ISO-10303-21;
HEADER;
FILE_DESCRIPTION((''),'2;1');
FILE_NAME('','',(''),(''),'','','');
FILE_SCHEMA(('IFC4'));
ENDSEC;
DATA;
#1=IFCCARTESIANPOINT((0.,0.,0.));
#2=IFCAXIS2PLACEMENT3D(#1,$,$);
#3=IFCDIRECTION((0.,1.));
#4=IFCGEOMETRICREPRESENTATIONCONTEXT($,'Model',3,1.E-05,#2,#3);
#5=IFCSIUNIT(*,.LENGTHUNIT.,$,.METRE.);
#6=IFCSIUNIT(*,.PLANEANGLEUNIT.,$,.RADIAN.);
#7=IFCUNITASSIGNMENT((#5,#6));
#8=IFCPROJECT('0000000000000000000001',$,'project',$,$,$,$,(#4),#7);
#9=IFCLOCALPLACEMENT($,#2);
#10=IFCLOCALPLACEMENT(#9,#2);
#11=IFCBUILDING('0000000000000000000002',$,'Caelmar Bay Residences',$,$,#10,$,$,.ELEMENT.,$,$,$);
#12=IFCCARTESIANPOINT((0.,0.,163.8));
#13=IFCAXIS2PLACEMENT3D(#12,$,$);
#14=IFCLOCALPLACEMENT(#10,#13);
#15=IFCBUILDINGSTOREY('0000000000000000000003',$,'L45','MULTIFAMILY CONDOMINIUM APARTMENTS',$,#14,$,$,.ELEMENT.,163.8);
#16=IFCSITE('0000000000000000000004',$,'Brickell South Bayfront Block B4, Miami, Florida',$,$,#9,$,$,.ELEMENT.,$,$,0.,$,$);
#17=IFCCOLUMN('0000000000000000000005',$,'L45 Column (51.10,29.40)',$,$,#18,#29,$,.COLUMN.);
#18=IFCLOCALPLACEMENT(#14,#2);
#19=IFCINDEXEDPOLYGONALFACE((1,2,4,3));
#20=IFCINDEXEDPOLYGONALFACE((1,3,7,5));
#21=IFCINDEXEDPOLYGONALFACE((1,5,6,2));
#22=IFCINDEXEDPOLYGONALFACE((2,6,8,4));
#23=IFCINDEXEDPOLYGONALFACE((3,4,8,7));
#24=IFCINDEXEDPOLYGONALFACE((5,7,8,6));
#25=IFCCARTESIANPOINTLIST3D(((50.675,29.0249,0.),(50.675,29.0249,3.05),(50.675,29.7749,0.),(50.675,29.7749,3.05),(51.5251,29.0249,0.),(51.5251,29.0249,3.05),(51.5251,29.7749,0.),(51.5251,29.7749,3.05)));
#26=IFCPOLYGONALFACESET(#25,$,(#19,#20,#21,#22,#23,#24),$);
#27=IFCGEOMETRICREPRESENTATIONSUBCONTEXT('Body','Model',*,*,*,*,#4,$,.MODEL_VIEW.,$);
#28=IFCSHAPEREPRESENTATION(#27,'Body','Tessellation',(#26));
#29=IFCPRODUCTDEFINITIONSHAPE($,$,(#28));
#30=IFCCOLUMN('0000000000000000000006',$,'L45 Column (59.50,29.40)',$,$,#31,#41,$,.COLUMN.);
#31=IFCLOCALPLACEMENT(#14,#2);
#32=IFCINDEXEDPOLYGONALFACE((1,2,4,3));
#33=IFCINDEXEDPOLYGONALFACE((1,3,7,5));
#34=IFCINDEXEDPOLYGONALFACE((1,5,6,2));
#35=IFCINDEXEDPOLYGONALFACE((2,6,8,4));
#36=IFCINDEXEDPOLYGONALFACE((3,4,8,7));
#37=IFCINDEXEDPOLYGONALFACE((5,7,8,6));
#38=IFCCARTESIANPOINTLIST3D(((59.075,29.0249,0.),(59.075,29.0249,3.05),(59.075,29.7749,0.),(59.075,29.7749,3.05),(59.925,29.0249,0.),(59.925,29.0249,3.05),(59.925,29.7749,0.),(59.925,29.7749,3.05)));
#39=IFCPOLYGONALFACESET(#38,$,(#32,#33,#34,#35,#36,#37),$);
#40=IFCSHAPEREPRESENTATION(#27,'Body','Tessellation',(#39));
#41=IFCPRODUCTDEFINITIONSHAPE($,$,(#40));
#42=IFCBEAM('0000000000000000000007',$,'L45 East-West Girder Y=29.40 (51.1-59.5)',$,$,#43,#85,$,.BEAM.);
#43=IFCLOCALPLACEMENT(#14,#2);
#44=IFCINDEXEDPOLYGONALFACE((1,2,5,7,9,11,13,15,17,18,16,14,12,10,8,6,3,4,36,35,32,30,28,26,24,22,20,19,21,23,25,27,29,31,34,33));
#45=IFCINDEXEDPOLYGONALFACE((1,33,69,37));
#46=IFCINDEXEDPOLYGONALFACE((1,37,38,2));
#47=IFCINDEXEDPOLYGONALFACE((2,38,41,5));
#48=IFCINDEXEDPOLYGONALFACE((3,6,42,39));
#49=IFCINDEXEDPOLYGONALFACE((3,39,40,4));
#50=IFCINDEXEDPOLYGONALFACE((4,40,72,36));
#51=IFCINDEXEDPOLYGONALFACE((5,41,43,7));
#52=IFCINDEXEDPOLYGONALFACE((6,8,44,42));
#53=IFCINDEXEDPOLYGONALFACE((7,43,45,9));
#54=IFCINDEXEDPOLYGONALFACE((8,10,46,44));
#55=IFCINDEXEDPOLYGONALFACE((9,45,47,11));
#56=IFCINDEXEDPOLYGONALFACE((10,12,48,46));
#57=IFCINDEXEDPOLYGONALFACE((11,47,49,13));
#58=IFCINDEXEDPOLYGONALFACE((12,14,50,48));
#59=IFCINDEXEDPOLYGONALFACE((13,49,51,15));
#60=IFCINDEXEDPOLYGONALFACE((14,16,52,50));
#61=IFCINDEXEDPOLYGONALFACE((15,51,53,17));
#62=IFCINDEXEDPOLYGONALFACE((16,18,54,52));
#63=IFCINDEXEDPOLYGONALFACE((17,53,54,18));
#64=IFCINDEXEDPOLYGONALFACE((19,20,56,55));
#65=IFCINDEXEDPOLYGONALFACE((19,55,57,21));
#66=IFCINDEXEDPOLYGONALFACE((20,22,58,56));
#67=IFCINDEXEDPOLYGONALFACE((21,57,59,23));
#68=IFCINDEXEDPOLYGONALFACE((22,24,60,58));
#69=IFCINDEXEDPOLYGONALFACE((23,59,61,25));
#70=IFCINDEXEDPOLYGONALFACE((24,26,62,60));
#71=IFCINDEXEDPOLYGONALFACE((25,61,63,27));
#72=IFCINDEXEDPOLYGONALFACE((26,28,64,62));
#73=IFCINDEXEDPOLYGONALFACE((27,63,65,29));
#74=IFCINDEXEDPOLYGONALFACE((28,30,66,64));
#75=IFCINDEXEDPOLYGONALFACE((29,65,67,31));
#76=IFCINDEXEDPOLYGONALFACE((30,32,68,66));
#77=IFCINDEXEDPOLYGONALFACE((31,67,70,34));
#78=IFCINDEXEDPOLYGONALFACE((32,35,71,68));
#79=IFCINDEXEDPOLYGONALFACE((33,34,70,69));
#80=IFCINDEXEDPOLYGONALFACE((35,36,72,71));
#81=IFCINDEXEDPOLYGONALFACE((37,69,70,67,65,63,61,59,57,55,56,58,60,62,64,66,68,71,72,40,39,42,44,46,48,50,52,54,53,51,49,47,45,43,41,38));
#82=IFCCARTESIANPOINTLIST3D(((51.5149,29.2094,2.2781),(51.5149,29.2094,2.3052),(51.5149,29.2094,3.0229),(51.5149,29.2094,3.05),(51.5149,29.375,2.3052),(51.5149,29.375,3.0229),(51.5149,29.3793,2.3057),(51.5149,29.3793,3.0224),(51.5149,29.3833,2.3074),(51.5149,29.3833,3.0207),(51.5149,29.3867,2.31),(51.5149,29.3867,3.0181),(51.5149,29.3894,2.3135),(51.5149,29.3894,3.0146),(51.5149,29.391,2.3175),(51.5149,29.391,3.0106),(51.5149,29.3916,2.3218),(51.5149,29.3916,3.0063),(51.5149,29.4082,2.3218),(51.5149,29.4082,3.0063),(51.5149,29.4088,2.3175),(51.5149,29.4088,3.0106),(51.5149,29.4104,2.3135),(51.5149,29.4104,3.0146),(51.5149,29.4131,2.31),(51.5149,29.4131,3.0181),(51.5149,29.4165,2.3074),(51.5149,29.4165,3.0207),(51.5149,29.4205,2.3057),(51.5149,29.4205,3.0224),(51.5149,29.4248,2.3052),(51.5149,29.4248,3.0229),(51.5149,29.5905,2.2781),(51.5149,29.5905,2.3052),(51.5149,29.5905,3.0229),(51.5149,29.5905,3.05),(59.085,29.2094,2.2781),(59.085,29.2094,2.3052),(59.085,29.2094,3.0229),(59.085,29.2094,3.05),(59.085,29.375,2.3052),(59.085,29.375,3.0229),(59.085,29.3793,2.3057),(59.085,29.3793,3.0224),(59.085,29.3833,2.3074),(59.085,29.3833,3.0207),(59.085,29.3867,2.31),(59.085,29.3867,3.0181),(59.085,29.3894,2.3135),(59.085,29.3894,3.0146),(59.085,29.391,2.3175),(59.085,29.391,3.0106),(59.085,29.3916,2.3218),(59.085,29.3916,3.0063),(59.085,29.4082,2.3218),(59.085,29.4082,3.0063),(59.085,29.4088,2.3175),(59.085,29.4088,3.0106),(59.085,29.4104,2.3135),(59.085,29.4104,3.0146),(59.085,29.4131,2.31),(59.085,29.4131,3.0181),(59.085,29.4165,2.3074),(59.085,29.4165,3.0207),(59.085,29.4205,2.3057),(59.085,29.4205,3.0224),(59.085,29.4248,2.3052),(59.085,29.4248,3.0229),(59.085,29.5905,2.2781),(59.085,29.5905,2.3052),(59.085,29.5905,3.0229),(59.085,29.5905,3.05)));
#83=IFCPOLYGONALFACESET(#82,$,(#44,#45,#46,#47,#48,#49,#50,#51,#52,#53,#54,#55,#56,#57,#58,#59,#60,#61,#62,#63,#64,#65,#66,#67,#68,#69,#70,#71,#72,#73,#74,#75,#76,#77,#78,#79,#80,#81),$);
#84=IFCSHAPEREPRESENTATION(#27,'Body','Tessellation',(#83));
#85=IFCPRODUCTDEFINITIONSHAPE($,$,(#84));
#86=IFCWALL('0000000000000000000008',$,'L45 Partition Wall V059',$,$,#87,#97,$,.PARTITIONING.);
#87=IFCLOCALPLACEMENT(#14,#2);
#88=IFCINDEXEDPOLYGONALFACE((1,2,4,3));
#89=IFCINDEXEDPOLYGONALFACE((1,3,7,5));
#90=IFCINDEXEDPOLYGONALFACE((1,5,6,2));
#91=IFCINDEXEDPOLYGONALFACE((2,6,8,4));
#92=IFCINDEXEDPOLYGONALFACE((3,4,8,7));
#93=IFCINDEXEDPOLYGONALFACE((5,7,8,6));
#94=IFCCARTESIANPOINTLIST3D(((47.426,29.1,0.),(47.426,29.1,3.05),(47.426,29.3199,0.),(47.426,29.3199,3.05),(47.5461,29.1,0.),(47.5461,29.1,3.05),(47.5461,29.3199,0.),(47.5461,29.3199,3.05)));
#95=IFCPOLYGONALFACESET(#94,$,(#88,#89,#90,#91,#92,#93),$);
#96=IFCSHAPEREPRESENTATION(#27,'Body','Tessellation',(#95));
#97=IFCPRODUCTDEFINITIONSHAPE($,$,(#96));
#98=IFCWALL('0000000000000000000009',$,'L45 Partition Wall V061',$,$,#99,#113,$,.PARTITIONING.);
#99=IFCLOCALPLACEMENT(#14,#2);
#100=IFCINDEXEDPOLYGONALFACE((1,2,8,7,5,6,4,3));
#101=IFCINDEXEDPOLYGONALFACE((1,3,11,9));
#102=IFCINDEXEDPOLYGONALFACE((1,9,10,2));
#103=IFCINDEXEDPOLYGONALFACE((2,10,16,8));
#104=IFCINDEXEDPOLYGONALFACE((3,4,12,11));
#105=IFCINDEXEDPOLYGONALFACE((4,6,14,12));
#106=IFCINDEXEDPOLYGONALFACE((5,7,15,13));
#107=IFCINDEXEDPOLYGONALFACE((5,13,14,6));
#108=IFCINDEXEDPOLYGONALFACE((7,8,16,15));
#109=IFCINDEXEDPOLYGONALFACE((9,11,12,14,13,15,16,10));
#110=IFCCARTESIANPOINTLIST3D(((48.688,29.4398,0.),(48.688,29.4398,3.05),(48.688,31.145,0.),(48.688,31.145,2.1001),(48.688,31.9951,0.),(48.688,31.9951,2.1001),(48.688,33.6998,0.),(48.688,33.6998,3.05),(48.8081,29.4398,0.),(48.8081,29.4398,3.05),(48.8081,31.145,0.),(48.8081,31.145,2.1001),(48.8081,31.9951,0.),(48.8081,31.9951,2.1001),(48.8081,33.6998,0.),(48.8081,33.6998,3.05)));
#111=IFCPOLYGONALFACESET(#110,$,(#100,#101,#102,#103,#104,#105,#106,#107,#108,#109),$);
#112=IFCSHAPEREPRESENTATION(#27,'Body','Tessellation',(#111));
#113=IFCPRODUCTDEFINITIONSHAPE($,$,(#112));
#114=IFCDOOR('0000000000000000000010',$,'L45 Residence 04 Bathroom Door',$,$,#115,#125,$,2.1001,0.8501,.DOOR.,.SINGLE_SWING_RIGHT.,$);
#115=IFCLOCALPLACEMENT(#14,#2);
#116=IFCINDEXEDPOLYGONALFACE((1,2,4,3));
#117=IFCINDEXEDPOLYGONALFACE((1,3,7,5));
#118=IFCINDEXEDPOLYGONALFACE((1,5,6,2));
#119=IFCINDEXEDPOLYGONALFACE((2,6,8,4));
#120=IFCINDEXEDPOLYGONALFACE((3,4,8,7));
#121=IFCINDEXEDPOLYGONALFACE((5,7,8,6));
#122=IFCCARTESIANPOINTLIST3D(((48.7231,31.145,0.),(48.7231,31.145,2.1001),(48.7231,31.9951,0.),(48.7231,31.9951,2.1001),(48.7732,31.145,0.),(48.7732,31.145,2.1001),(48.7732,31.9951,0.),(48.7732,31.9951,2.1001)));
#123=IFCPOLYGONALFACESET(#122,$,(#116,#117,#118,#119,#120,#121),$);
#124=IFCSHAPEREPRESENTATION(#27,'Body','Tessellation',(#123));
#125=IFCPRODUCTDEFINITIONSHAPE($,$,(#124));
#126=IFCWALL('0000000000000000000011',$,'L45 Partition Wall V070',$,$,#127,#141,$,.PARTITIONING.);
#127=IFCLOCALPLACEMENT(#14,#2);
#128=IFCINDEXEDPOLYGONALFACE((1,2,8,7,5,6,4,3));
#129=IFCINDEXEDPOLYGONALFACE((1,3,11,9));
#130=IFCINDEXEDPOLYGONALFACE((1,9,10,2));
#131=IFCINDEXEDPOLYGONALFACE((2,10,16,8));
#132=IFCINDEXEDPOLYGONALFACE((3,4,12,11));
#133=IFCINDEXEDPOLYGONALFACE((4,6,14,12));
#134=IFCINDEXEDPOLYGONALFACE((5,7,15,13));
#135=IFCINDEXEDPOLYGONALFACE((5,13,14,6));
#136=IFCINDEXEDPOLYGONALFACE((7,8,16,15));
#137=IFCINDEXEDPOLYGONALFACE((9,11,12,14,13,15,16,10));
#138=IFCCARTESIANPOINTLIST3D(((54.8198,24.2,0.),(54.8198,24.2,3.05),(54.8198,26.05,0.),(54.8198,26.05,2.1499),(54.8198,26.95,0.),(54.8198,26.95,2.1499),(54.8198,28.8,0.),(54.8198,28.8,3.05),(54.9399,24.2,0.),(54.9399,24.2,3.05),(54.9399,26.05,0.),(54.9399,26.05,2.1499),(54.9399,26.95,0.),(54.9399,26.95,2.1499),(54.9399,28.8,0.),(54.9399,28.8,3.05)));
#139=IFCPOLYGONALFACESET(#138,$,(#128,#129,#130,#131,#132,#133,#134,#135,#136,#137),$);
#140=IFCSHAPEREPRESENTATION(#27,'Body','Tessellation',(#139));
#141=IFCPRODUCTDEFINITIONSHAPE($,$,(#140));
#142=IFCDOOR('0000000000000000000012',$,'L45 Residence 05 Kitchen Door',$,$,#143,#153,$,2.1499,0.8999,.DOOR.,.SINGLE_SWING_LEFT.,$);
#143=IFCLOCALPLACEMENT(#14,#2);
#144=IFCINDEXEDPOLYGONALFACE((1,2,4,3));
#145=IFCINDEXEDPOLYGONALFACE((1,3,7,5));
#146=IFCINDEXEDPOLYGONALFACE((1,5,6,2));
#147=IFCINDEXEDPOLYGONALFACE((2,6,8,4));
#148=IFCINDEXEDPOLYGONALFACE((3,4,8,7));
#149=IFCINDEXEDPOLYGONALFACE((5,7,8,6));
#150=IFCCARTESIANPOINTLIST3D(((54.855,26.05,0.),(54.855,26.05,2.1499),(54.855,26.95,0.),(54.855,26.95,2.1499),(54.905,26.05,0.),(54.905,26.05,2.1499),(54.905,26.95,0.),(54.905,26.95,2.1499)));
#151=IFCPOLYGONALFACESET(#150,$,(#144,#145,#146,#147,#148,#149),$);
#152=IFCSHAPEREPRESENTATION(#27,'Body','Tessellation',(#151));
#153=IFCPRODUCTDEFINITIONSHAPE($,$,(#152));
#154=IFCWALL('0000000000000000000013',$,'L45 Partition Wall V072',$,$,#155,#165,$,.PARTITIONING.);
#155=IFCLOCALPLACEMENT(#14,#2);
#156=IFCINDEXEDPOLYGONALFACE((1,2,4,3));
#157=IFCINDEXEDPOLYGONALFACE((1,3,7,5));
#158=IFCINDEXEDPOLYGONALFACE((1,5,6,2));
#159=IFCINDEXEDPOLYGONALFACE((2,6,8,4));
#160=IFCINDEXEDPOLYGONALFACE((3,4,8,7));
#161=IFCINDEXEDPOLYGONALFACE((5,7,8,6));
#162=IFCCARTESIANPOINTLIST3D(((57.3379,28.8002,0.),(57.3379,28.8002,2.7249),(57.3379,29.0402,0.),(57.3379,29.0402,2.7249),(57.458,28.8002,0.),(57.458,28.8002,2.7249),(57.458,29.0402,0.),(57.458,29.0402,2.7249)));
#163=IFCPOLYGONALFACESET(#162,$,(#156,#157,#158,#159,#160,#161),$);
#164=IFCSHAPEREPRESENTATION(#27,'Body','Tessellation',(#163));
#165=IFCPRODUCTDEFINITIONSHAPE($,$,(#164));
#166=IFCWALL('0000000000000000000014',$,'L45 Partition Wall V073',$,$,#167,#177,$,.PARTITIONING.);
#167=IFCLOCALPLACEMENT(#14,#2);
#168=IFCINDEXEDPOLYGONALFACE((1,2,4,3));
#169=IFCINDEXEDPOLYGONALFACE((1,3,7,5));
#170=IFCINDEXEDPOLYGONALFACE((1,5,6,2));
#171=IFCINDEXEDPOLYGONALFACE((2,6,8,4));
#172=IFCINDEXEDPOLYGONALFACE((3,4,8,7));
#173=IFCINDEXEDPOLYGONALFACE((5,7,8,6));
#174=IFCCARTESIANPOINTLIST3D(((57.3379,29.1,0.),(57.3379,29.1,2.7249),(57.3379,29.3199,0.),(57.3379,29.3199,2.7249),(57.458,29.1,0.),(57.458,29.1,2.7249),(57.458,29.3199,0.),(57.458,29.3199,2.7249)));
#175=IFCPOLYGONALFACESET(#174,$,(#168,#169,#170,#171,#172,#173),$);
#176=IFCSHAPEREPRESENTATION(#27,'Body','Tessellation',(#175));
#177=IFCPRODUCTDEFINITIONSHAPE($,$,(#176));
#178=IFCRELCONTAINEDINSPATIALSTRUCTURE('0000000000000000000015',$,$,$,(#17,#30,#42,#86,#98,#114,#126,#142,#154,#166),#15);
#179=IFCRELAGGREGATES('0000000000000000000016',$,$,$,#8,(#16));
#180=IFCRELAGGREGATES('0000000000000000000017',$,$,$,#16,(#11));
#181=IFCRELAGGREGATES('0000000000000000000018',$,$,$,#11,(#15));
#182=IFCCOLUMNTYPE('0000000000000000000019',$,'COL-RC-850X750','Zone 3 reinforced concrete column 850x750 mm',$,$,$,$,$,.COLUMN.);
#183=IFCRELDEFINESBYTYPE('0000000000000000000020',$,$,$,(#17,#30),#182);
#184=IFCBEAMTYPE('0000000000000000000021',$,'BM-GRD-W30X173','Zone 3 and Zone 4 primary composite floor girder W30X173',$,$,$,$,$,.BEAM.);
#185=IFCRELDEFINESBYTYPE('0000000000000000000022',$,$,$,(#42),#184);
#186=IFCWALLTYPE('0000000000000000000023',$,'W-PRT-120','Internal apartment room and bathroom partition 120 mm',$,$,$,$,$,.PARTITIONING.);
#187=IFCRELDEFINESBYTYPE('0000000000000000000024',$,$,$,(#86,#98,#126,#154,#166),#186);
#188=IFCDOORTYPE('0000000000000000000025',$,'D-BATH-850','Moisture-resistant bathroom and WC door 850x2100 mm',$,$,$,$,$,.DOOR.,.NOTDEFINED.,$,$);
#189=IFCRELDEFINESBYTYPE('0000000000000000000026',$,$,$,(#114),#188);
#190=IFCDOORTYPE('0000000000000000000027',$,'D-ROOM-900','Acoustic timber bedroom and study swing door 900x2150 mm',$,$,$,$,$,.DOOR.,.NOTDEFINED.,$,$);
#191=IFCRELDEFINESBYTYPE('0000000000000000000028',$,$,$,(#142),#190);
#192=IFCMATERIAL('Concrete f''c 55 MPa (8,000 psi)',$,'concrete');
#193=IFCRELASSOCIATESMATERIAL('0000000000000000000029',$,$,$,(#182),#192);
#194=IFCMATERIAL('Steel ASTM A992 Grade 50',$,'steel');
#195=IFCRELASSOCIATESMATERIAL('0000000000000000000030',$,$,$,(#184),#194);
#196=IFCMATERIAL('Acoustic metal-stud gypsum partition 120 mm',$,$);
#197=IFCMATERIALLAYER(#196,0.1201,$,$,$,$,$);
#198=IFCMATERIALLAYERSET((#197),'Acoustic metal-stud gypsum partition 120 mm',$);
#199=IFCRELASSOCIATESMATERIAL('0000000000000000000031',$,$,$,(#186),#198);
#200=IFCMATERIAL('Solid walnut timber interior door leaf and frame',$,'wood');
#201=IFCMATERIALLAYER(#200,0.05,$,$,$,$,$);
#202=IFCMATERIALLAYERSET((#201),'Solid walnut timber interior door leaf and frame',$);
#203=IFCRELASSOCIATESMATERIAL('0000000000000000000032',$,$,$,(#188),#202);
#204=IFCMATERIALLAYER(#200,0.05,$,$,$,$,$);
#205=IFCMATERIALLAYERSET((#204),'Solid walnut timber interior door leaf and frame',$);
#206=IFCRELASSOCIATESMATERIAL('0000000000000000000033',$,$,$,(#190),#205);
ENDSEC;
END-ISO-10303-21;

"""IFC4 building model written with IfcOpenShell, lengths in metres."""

from ifc_helpers import new_model, si_unit, direction, frame, frame_2d, origin, origin_2d, place, context, subcontext, project, spatial, rectangle, i_section, extrude, material, layer, layer_set, material_profile, profile_set, type_object, element, fill, save


model = new_model("IFC4")

# Units and contexts
model_context = context("Model", 3, precision=1e-05, world=origin(), true_north=direction((0.0, 1.0)))
body_context = subcontext(model_context, "Body", "Model", "MODEL_VIEW")
ifc_project = project(units=[si_unit("LENGTHUNIT", "METRE"), si_unit("PLANEANGLEUNIT", "RADIAN")], contexts=[model_context])

# Site, building, storey
site_placement = place(None, origin())
site = spatial("IfcSite", under=ifc_project, at=site_placement, Name="Brickell South Bayfront Block B4, Miami, Florida", CompositionType="ELEMENT", RefElevation=0.0)
building_placement = place(site_placement, origin())
building = spatial("IfcBuilding", under=site, at=building_placement, Name="Caelmar Bay Residences", CompositionType="ELEMENT")
storey_placement = place(building_placement, frame((0.0, 0.0, 163.8)))
storey = spatial("IfcBuildingStorey", under=building, at=storey_placement, Name="L45", Description="MULTIFAMILY CONDOMINIUM APARTMENTS", CompositionType="ELEMENT", Elevation=163.8)

# Columns
ifc_material_1 = material(Name="Concrete f'c 55 MPa (8,000 psi)", Category="concrete")
ifc_material_profile_1 = material_profile(ifc_material_1, rectangle(XDim=0.8501, YDim=0.75, at=origin_2d()), Name="RC-COL-850X750")
ifc_profile_set_1 = profile_set([ifc_material_profile_1], Name="Concrete f'c 55 MPa (8,000 psi)")
column_type = type_object("IfcColumnType", Name="COL-RC-850X750", Description="Zone 3 reinforced concrete column 850x750 mm", PredefinedType="COLUMN", material=ifc_profile_set_1)
for number, where, z_axis, x_axis, name in (
    (1, (51.1001, 29.3999, 0.0), (0.0, 0.0, 1.0), (1.0, 0.0, 0.0), "L45 Column (51.10,29.40)"),
    (2, (59.5, 29.3999, 0.0), (0.0, 0.0, 1.0), (1.0, 0.0, 0.0), "L45 Column (59.50,29.40)"),
):
    element("IfcColumn", number, at=place(storey_placement, frame(where, z_axis=z_axis, x_axis=x_axis)), inside=storey, type_object=column_type, Name=name, PredefinedType="COLUMN", context=body_context, shape_type="SweptSolid", body=[
        extrude(rectangle(XDim=0.8501, YDim=0.75, at=origin_2d()), origin(), (0.0, 0.0, 1.0), 3.05),
    ])

# Beam
ifc_material_2 = material(Name="Steel ASTM A992 Grade 50", Category="steel")
ifc_material_profile_2 = material_profile(ifc_material_2, i_section(OverallWidth=0.3811, OverallDepth=0.772, WebThickness=0.0166, FlangeThickness=0.0271, FilletRadius=0.0166, at=origin_2d()), Name="W30X173")
ifc_profile_set_2 = profile_set([ifc_material_profile_2], Name="Steel ASTM A992 Grade 50")
beam_type = type_object("IfcBeamType", Name="BM-GRD-W30X173", Description="Zone 3 and Zone 4 primary composite floor girder W30X173", PredefinedType="BEAM", material=ifc_profile_set_2)
beam_placement = place(storey_placement, frame((51.5149, 29.3999, 2.6641), z_axis=(1.0, 0.0, 0.0), x_axis=(0.0, 1.0, 0.0)))
element("IfcBeam", 3, at=beam_placement, inside=storey, type_object=beam_type, Name="L45 East-West Girder Y=29.40 (51.1-59.5)", PredefinedType="BEAM", context=body_context, shape_type="SweptSolid", body=[
    extrude(i_section(OverallWidth=0.3811, OverallDepth=0.772, WebThickness=0.0166, FlangeThickness=0.0271, FilletRadius=0.0166, at=origin_2d()), origin(), (0.0, 0.0, 1.0), 7.5701),
])

# Wall
ifc_material_3 = material(Name="Acoustic metal-stud gypsum partition 120 mm")
ifc_layer_1 = layer(ifc_material_3, 0.1201)
ifc_layer_set_1 = layer_set([ifc_layer_1], Name="Acoustic metal-stud gypsum partition 120 mm")
wall_type_1 = type_object("IfcWallType", Name="W-PRT-120", Description="Internal apartment room and bathroom partition 120 mm", PredefinedType="PARTITIONING", material=ifc_layer_set_1)
wall_1_placement = place(storey_placement, frame((47.4861, 29.1001, 0.0), z_axis=(0.0, 0.0, 1.0), x_axis=(0.0, 1.0, 0.0)))
element("IfcWall", 4, at=wall_1_placement, inside=storey, type_object=wall_type_1, Name="L45 Partition Wall V059", PredefinedType="PARTITIONING", context=body_context, shape_type="SweptSolid", body=[
    extrude(rectangle(XDim=0.22, YDim=0.1201, at=frame_2d((0.1099, 0.0))), origin(), (0.0, 0.0, 1.0), 3.05),
])

# Walls, openings, doors
wall_2_placement = place(storey_placement, frame((48.748, 29.4399, 0.0), z_axis=(0.0, 0.0, 1.0), x_axis=(0.0, 1.0, 0.0)))
wall_2 = element("IfcWall", 5, at=wall_2_placement, inside=storey, type_object=wall_type_1, Name="L45 Partition Wall V061", PredefinedType="PARTITIONING", context=body_context, shape_type="SweptSolid", body=[
    extrude(rectangle(XDim=4.26, YDim=0.1201, at=frame_2d((2.1299, 0.0))), origin(), (0.0, 0.0, 1.0), 3.05),
])
opening_1_placement = place(wall_2_placement, frame((1.7051, 0.0, 0.0)))
opening_1 = element("IfcOpeningElement", 6, at=opening_1_placement, cuts=wall_2, PredefinedType="OPENING", context=body_context, shape_type="SweptSolid", body=[
    extrude(rectangle(XDim=0.8501, YDim=2.1001, at=frame_2d((0.425, 1.05))), frame((0.0, 0.0701, 0.0), z_axis=(0.0, -1.0, 0.0), x_axis=(1.0, 0.0, 0.0)), (0.0, 0.0, 1.0), 0.1401),
])
ifc_material_4 = material(Name="Solid walnut timber interior door leaf and frame", Category="wood")
ifc_layer_2 = layer(ifc_material_4, 0.05)
ifc_layer_set_2 = layer_set([ifc_layer_2], Name="Solid walnut timber interior door leaf and frame")
door_type_1 = type_object("IfcDoorType", Name="D-BATH-850", Description="Moisture-resistant bathroom and WC door 850x2100 mm", OperationType="NOTDEFINED", PredefinedType="DOOR", material=ifc_layer_set_2)
door_1_placement = place(opening_1_placement, origin())
door_1 = element("IfcDoor", 7, at=door_1_placement, inside=storey, type_object=door_type_1, Name="L45 Residence 04 Bathroom Door", OperationType="SINGLE_SWING_RIGHT", OverallHeight=2.1001, OverallWidth=0.8501, PredefinedType="DOOR", context=body_context, shape_type="SweptSolid", body=[
    extrude(rectangle(XDim=0.8501, YDim=2.1001, at=frame_2d((0.425, 1.05))), frame((0.0, 0.0249, 0.0), z_axis=(0.0, -1.0, 0.0), x_axis=(1.0, 0.0, 0.0)), (0.0, 0.0, 1.0), 0.05),
])
fill(opening_1, door_1)
wall_3_placement = place(storey_placement, frame((54.8799, 24.2, 0.0), z_axis=(0.0, 0.0, 1.0), x_axis=(0.0, 1.0, 0.0)))
wall_3 = element("IfcWall", 8, at=wall_3_placement, inside=storey, type_object=wall_type_1, Name="L45 Partition Wall V070", PredefinedType="PARTITIONING", context=body_context, shape_type="SweptSolid", body=[
    extrude(rectangle(XDim=4.6001, YDim=0.1201, at=frame_2d((2.3, 0.0))), origin(), (0.0, 0.0, 1.0), 3.05),
])
opening_2_placement = place(wall_3_placement, frame((1.8501, 0.0, 0.0)))
opening_2 = element("IfcOpeningElement", 9, at=opening_2_placement, cuts=wall_3, PredefinedType="OPENING", context=body_context, shape_type="SweptSolid", body=[
    extrude(rectangle(XDim=0.8999, YDim=2.1499, at=frame_2d((0.45, 1.075))), frame((0.0, 0.0701, 0.0), z_axis=(0.0, -1.0, 0.0), x_axis=(1.0, 0.0, 0.0)), (0.0, 0.0, 1.0), 0.1401),
])
ifc_layer_3 = layer(ifc_material_4, 0.05)
ifc_layer_set_3 = layer_set([ifc_layer_3], Name="Solid walnut timber interior door leaf and frame")
door_type_2 = type_object("IfcDoorType", Name="D-ROOM-900", Description="Acoustic timber bedroom and study swing door 900x2150 mm", OperationType="NOTDEFINED", PredefinedType="DOOR", material=ifc_layer_set_3)
door_2_placement = place(opening_2_placement, origin())
door_2 = element("IfcDoor", 10, at=door_2_placement, inside=storey, type_object=door_type_2, Name="L45 Residence 05 Kitchen Door", OperationType="SINGLE_SWING_LEFT", OverallHeight=2.1499, OverallWidth=0.8999, PredefinedType="DOOR", context=body_context, shape_type="SweptSolid", body=[
    extrude(rectangle(XDim=0.8999, YDim=2.1499, at=frame_2d((0.45, 1.075))), frame((0.0, 0.0249, 0.0), z_axis=(0.0, -1.0, 0.0), x_axis=(1.0, 0.0, 0.0)), (0.0, 0.0, 1.0), 0.05),
])
fill(opening_2, door_2)

# Walls
wall_4_placement = place(storey_placement, frame((57.3979, 28.8, 0.0), z_axis=(0.0, 0.0, 1.0), x_axis=(0.0, 1.0, 0.0)))
element("IfcWall", 11, at=wall_4_placement, inside=storey, type_object=wall_type_1, Name="L45 Partition Wall V072", PredefinedType="PARTITIONING", context=body_context, shape_type="SweptSolid", body=[
    extrude(rectangle(XDim=0.24, YDim=0.1201, at=frame_2d((0.1201, 0.0))), origin(), (0.0, 0.0, 1.0), 2.7249),
])
wall_5_placement = place(storey_placement, frame((57.3979, 29.1001, 0.0), z_axis=(0.0, 0.0, 1.0), x_axis=(0.0, 1.0, 0.0)))
element("IfcWall", 12, at=wall_5_placement, inside=storey, type_object=wall_type_1, Name="L45 Partition Wall V073", PredefinedType="PARTITIONING", context=body_context, shape_type="SweptSolid", body=[
    extrude(rectangle(XDim=0.22, YDim=0.1201, at=frame_2d((0.1099, 0.0))), origin(), (0.0, 0.0, 1.0), 2.7249),
])

save(model, "model.ifc")
